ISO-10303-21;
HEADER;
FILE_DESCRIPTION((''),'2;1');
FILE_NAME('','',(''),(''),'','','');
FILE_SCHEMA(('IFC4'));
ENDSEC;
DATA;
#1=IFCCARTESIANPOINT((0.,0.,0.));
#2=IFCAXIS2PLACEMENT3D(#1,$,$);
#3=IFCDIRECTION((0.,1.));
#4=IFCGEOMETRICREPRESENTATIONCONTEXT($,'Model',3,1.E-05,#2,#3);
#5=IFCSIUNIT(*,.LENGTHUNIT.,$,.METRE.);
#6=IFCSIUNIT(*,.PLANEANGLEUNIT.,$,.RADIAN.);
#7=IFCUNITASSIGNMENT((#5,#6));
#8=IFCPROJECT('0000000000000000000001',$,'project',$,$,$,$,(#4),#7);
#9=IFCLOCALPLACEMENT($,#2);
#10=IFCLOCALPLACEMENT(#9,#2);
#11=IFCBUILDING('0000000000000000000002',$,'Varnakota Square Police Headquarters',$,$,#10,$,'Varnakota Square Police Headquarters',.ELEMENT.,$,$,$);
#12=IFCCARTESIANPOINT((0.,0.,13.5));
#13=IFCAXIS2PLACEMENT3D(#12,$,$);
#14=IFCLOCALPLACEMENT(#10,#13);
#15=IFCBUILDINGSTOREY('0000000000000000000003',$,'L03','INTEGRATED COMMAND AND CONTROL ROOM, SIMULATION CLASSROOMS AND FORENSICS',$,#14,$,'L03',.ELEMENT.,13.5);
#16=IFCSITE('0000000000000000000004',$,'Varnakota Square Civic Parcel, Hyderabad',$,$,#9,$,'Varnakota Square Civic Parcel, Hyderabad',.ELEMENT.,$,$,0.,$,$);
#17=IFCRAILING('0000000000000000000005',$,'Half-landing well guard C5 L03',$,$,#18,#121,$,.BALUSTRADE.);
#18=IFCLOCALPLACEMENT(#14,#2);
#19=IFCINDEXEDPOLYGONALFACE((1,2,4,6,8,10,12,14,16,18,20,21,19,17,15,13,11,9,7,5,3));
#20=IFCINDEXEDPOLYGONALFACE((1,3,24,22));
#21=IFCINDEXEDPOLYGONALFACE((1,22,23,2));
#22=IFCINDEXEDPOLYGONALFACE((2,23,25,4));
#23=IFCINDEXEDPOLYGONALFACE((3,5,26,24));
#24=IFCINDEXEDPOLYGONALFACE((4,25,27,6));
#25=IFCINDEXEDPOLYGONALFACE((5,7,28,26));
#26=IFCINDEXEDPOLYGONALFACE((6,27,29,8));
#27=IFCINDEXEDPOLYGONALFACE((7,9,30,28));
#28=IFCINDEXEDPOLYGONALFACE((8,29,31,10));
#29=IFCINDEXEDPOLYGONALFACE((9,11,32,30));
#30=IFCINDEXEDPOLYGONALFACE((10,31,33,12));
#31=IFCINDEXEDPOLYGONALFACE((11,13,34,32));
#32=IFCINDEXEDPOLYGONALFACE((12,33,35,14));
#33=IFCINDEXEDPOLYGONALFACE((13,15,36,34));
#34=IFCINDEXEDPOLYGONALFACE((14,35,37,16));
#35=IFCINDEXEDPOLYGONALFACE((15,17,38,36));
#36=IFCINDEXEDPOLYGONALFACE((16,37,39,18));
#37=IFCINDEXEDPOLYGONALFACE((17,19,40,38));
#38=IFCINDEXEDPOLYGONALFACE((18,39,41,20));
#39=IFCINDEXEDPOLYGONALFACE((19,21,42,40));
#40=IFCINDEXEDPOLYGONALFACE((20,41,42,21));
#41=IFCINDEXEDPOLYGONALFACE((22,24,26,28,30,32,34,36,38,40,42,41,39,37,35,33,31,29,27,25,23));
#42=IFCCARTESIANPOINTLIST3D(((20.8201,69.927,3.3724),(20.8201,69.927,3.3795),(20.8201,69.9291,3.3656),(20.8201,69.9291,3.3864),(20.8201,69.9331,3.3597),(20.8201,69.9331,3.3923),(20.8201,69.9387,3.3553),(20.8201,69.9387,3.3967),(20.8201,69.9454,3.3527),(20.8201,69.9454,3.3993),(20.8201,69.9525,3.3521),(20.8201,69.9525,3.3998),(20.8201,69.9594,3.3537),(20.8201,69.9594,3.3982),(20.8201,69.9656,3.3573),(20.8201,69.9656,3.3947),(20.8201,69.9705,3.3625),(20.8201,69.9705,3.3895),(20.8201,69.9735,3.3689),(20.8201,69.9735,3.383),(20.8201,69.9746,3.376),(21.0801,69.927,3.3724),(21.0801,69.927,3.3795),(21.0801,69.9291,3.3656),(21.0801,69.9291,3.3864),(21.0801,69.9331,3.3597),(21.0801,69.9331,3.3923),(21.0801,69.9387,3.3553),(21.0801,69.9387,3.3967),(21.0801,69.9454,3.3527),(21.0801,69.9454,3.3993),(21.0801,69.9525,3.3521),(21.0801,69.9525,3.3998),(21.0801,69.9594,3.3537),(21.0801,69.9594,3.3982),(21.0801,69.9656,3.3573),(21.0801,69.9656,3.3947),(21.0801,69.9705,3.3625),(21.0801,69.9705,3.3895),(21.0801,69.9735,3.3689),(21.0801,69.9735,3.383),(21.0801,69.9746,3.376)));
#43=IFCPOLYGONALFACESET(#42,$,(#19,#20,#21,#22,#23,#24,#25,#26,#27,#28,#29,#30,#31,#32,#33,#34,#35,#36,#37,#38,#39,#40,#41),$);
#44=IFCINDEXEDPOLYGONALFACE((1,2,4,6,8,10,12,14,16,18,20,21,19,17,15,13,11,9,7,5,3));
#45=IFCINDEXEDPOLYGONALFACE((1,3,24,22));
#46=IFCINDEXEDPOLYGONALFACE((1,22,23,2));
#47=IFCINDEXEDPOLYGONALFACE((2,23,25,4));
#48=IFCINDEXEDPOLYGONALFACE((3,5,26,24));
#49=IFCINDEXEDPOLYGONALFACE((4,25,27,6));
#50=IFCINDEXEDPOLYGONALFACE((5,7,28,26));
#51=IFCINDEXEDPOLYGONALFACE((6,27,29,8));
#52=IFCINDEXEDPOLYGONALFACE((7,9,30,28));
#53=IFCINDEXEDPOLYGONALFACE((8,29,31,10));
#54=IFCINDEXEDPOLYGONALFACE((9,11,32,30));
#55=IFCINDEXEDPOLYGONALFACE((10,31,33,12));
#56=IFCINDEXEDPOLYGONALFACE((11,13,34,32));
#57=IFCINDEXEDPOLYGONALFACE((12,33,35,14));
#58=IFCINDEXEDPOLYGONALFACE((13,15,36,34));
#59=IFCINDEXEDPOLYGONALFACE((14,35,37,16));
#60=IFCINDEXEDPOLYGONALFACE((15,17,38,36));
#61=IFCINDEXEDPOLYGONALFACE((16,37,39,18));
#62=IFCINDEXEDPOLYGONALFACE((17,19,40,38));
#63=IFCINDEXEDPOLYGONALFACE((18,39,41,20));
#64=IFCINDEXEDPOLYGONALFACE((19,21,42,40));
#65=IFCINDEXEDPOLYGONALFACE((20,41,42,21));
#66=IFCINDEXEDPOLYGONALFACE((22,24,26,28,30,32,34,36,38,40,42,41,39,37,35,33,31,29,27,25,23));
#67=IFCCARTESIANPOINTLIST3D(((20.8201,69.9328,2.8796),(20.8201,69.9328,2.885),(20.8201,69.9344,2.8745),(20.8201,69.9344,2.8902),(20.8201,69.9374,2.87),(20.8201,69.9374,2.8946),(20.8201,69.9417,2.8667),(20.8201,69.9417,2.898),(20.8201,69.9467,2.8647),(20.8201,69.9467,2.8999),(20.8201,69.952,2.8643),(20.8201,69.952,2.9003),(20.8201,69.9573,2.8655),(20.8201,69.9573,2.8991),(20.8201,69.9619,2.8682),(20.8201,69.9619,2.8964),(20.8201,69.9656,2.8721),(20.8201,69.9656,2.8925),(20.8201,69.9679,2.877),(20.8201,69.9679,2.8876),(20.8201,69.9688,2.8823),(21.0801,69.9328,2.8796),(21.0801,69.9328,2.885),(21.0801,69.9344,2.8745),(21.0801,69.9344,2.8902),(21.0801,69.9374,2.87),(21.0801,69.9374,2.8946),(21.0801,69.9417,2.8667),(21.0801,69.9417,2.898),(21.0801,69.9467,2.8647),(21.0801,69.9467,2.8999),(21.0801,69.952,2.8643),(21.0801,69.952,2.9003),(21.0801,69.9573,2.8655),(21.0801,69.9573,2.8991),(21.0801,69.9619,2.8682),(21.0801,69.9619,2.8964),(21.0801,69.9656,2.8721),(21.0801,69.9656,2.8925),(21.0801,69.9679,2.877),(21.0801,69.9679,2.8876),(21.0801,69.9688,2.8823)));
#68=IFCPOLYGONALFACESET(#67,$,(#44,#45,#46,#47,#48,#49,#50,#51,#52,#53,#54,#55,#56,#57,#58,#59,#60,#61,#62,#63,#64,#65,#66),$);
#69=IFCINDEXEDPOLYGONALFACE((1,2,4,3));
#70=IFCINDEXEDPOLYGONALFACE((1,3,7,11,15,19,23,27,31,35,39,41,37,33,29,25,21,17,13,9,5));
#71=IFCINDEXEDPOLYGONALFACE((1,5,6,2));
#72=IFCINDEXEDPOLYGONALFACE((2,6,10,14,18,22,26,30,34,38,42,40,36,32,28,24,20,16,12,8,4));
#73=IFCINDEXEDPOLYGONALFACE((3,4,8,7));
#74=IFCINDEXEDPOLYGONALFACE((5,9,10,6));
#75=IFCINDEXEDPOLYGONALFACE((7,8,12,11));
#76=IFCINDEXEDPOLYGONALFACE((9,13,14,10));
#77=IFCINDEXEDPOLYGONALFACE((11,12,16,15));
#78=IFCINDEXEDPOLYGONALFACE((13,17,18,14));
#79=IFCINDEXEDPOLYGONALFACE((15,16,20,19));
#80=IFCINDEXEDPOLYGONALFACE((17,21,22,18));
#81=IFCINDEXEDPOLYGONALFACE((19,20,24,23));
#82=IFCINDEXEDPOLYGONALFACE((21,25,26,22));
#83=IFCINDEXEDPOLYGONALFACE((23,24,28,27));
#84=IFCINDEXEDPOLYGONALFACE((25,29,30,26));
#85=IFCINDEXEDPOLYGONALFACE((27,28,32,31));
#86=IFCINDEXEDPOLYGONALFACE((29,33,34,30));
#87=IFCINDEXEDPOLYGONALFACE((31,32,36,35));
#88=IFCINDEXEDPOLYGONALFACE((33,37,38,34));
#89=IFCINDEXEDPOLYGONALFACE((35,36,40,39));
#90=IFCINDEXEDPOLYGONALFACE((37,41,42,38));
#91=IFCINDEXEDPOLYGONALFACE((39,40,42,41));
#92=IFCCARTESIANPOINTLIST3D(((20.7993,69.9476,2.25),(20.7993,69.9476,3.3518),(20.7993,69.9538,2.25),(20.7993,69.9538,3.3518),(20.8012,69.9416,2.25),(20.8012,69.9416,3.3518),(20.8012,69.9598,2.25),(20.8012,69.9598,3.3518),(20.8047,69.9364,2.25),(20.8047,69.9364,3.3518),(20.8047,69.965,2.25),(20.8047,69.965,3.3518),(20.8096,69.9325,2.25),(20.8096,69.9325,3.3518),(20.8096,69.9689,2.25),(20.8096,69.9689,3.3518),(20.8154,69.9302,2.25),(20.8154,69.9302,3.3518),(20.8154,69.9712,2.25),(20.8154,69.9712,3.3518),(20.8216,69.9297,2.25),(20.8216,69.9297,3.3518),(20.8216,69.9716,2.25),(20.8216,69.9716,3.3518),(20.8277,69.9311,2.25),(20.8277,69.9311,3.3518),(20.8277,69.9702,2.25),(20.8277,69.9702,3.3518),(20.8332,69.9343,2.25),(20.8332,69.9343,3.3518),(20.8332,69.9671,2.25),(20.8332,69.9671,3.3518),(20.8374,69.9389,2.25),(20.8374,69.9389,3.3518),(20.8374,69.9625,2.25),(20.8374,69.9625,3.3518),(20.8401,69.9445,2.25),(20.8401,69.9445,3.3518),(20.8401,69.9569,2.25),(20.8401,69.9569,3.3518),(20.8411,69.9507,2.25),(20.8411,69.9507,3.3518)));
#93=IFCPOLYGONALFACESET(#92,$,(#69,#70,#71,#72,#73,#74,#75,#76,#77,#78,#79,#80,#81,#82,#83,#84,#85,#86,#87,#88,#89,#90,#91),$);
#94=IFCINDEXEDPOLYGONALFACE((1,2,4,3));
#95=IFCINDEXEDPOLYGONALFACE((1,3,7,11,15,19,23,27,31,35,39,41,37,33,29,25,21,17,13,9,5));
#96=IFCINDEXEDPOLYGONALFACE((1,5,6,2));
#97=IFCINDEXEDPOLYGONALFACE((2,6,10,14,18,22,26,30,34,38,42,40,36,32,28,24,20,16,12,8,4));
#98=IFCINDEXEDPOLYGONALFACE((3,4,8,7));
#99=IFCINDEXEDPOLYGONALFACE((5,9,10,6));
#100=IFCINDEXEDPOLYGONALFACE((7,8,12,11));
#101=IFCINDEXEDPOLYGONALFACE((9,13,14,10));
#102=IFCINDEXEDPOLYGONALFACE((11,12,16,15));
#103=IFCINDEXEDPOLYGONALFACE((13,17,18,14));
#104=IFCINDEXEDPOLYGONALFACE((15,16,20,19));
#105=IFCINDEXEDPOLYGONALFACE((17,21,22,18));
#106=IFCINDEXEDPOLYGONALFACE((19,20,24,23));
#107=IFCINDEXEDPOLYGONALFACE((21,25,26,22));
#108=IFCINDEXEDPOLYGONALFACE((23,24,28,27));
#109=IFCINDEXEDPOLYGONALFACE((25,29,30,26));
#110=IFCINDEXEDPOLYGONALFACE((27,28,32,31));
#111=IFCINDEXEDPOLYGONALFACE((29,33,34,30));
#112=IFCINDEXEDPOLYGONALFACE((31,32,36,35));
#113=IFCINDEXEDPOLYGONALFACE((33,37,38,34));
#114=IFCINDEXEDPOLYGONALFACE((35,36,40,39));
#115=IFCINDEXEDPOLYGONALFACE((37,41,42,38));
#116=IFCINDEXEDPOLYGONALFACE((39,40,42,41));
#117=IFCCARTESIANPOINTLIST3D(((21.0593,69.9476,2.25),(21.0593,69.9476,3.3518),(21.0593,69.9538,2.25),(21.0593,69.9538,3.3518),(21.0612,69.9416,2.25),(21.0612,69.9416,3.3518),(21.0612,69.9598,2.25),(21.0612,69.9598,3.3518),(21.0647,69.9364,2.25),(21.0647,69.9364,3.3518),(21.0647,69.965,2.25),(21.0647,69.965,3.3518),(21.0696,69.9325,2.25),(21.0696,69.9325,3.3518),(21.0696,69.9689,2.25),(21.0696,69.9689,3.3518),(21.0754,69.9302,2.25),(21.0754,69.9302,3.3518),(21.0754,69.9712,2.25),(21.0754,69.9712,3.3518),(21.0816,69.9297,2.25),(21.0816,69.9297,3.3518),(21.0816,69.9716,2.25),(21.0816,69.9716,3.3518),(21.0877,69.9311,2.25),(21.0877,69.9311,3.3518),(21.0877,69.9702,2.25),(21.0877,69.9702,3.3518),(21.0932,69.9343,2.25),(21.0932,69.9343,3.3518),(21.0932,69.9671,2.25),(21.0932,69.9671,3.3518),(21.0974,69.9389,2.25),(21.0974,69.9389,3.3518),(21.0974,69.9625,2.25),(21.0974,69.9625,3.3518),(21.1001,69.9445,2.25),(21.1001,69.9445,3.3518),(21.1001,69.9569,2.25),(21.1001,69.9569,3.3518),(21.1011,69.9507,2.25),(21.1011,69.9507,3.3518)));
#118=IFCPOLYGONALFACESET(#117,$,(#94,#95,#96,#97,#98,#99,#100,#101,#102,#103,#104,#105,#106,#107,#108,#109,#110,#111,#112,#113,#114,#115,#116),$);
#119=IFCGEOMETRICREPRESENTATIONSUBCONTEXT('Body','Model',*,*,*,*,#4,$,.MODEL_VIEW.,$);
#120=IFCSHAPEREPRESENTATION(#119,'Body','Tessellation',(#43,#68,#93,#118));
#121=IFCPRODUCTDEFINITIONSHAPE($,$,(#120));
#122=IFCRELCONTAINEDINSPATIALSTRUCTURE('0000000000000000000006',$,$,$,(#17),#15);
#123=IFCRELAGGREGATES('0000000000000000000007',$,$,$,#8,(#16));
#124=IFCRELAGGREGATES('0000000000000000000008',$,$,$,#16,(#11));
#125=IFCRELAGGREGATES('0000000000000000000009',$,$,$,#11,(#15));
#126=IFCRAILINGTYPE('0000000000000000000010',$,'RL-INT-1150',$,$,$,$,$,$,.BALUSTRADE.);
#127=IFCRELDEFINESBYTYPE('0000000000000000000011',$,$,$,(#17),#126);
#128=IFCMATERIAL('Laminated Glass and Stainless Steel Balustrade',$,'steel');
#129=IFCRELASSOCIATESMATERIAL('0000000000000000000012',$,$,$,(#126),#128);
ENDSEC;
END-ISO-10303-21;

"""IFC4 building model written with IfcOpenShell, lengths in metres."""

from ifc_helpers import new_model, si_unit, direction, frame, origin, origin_2d, place, context, subcontext, project, spatial, circle, extrude, material, type_object, element, save


model = new_model("IFC4")

# Units and contexts
model_context = context("Model", 3, precision=1e-05, world=origin(), true_north=direction((0.0, 1.0)))
body_context = subcontext(model_context, "Body", "Model", "MODEL_VIEW")
ifc_project = project(units=[si_unit("LENGTHUNIT", "METRE"), si_unit("PLANEANGLEUNIT", "RADIAN")], contexts=[model_context])

# Site, building, storey
site_placement = place(None, origin())
site = spatial("IfcSite", under=ifc_project, at=site_placement, Name="Varnakota Square Civic Parcel, Hyderabad", LongName="Varnakota Square Civic Parcel, Hyderabad", CompositionType="ELEMENT", RefElevation=0.0)
building_placement = place(site_placement, origin())
building = spatial("IfcBuilding", under=site, at=building_placement, Name="Varnakota Square Police Headquarters", LongName="Varnakota Square Police Headquarters", CompositionType="ELEMENT")
storey_placement = place(building_placement, frame((0.0, 0.0, 13.5)))
storey = spatial("IfcBuildingStorey", under=building, at=storey_placement, Name="L03", Description="INTEGRATED COMMAND AND CONTROL ROOM, SIMULATION CLASSROOMS AND FORENSICS", LongName="L03", CompositionType="ELEMENT", Elevation=13.5)

# Railing
ifc_material_1 = material(Name="Laminated Glass and Stainless Steel Balustrade", Category="steel")
railing_type_1 = type_object("IfcRailingType", Name="RL-INT-1150", PredefinedType="BALUSTRADE", material=ifc_material_1)
railing_1_placement = place(storey_placement, frame((20.8201, 69.9507, 2.25)))
element("IfcRailing", 1, at=railing_1_placement, inside=storey, type_object=railing_type_1, Name="Half-landing well guard C5 L03", PredefinedType="BALUSTRADE", context=body_context, shape_type="SweptSolid", body=[
    extrude(circle(Radius=0.0239, at=origin_2d()), frame((0.0, 0.0, 1.126), z_axis=(1.0, 0.0, 0.0), x_axis=(0.0, 1.0, 0.0)), (0.0, 0.0, 1.0), 0.26),
    extrude(circle(Radius=0.0181, at=origin_2d()), frame((0.0, 0.0, 0.6323), z_axis=(1.0, 0.0, 0.0), x_axis=(0.0, 1.0, 0.0)), (0.0, 0.0, 1.0), 0.26),
    extrude(circle(Radius=0.021, at=origin_2d()), origin(), (0.0, 0.0, 1.0), 1.1018),
    extrude(circle(Radius=0.021, at=origin_2d()), frame((0.26, 0.0, 0.0)), (0.0, 0.0, 1.0), 1.1018),
])

save(model, "model.ifc")
